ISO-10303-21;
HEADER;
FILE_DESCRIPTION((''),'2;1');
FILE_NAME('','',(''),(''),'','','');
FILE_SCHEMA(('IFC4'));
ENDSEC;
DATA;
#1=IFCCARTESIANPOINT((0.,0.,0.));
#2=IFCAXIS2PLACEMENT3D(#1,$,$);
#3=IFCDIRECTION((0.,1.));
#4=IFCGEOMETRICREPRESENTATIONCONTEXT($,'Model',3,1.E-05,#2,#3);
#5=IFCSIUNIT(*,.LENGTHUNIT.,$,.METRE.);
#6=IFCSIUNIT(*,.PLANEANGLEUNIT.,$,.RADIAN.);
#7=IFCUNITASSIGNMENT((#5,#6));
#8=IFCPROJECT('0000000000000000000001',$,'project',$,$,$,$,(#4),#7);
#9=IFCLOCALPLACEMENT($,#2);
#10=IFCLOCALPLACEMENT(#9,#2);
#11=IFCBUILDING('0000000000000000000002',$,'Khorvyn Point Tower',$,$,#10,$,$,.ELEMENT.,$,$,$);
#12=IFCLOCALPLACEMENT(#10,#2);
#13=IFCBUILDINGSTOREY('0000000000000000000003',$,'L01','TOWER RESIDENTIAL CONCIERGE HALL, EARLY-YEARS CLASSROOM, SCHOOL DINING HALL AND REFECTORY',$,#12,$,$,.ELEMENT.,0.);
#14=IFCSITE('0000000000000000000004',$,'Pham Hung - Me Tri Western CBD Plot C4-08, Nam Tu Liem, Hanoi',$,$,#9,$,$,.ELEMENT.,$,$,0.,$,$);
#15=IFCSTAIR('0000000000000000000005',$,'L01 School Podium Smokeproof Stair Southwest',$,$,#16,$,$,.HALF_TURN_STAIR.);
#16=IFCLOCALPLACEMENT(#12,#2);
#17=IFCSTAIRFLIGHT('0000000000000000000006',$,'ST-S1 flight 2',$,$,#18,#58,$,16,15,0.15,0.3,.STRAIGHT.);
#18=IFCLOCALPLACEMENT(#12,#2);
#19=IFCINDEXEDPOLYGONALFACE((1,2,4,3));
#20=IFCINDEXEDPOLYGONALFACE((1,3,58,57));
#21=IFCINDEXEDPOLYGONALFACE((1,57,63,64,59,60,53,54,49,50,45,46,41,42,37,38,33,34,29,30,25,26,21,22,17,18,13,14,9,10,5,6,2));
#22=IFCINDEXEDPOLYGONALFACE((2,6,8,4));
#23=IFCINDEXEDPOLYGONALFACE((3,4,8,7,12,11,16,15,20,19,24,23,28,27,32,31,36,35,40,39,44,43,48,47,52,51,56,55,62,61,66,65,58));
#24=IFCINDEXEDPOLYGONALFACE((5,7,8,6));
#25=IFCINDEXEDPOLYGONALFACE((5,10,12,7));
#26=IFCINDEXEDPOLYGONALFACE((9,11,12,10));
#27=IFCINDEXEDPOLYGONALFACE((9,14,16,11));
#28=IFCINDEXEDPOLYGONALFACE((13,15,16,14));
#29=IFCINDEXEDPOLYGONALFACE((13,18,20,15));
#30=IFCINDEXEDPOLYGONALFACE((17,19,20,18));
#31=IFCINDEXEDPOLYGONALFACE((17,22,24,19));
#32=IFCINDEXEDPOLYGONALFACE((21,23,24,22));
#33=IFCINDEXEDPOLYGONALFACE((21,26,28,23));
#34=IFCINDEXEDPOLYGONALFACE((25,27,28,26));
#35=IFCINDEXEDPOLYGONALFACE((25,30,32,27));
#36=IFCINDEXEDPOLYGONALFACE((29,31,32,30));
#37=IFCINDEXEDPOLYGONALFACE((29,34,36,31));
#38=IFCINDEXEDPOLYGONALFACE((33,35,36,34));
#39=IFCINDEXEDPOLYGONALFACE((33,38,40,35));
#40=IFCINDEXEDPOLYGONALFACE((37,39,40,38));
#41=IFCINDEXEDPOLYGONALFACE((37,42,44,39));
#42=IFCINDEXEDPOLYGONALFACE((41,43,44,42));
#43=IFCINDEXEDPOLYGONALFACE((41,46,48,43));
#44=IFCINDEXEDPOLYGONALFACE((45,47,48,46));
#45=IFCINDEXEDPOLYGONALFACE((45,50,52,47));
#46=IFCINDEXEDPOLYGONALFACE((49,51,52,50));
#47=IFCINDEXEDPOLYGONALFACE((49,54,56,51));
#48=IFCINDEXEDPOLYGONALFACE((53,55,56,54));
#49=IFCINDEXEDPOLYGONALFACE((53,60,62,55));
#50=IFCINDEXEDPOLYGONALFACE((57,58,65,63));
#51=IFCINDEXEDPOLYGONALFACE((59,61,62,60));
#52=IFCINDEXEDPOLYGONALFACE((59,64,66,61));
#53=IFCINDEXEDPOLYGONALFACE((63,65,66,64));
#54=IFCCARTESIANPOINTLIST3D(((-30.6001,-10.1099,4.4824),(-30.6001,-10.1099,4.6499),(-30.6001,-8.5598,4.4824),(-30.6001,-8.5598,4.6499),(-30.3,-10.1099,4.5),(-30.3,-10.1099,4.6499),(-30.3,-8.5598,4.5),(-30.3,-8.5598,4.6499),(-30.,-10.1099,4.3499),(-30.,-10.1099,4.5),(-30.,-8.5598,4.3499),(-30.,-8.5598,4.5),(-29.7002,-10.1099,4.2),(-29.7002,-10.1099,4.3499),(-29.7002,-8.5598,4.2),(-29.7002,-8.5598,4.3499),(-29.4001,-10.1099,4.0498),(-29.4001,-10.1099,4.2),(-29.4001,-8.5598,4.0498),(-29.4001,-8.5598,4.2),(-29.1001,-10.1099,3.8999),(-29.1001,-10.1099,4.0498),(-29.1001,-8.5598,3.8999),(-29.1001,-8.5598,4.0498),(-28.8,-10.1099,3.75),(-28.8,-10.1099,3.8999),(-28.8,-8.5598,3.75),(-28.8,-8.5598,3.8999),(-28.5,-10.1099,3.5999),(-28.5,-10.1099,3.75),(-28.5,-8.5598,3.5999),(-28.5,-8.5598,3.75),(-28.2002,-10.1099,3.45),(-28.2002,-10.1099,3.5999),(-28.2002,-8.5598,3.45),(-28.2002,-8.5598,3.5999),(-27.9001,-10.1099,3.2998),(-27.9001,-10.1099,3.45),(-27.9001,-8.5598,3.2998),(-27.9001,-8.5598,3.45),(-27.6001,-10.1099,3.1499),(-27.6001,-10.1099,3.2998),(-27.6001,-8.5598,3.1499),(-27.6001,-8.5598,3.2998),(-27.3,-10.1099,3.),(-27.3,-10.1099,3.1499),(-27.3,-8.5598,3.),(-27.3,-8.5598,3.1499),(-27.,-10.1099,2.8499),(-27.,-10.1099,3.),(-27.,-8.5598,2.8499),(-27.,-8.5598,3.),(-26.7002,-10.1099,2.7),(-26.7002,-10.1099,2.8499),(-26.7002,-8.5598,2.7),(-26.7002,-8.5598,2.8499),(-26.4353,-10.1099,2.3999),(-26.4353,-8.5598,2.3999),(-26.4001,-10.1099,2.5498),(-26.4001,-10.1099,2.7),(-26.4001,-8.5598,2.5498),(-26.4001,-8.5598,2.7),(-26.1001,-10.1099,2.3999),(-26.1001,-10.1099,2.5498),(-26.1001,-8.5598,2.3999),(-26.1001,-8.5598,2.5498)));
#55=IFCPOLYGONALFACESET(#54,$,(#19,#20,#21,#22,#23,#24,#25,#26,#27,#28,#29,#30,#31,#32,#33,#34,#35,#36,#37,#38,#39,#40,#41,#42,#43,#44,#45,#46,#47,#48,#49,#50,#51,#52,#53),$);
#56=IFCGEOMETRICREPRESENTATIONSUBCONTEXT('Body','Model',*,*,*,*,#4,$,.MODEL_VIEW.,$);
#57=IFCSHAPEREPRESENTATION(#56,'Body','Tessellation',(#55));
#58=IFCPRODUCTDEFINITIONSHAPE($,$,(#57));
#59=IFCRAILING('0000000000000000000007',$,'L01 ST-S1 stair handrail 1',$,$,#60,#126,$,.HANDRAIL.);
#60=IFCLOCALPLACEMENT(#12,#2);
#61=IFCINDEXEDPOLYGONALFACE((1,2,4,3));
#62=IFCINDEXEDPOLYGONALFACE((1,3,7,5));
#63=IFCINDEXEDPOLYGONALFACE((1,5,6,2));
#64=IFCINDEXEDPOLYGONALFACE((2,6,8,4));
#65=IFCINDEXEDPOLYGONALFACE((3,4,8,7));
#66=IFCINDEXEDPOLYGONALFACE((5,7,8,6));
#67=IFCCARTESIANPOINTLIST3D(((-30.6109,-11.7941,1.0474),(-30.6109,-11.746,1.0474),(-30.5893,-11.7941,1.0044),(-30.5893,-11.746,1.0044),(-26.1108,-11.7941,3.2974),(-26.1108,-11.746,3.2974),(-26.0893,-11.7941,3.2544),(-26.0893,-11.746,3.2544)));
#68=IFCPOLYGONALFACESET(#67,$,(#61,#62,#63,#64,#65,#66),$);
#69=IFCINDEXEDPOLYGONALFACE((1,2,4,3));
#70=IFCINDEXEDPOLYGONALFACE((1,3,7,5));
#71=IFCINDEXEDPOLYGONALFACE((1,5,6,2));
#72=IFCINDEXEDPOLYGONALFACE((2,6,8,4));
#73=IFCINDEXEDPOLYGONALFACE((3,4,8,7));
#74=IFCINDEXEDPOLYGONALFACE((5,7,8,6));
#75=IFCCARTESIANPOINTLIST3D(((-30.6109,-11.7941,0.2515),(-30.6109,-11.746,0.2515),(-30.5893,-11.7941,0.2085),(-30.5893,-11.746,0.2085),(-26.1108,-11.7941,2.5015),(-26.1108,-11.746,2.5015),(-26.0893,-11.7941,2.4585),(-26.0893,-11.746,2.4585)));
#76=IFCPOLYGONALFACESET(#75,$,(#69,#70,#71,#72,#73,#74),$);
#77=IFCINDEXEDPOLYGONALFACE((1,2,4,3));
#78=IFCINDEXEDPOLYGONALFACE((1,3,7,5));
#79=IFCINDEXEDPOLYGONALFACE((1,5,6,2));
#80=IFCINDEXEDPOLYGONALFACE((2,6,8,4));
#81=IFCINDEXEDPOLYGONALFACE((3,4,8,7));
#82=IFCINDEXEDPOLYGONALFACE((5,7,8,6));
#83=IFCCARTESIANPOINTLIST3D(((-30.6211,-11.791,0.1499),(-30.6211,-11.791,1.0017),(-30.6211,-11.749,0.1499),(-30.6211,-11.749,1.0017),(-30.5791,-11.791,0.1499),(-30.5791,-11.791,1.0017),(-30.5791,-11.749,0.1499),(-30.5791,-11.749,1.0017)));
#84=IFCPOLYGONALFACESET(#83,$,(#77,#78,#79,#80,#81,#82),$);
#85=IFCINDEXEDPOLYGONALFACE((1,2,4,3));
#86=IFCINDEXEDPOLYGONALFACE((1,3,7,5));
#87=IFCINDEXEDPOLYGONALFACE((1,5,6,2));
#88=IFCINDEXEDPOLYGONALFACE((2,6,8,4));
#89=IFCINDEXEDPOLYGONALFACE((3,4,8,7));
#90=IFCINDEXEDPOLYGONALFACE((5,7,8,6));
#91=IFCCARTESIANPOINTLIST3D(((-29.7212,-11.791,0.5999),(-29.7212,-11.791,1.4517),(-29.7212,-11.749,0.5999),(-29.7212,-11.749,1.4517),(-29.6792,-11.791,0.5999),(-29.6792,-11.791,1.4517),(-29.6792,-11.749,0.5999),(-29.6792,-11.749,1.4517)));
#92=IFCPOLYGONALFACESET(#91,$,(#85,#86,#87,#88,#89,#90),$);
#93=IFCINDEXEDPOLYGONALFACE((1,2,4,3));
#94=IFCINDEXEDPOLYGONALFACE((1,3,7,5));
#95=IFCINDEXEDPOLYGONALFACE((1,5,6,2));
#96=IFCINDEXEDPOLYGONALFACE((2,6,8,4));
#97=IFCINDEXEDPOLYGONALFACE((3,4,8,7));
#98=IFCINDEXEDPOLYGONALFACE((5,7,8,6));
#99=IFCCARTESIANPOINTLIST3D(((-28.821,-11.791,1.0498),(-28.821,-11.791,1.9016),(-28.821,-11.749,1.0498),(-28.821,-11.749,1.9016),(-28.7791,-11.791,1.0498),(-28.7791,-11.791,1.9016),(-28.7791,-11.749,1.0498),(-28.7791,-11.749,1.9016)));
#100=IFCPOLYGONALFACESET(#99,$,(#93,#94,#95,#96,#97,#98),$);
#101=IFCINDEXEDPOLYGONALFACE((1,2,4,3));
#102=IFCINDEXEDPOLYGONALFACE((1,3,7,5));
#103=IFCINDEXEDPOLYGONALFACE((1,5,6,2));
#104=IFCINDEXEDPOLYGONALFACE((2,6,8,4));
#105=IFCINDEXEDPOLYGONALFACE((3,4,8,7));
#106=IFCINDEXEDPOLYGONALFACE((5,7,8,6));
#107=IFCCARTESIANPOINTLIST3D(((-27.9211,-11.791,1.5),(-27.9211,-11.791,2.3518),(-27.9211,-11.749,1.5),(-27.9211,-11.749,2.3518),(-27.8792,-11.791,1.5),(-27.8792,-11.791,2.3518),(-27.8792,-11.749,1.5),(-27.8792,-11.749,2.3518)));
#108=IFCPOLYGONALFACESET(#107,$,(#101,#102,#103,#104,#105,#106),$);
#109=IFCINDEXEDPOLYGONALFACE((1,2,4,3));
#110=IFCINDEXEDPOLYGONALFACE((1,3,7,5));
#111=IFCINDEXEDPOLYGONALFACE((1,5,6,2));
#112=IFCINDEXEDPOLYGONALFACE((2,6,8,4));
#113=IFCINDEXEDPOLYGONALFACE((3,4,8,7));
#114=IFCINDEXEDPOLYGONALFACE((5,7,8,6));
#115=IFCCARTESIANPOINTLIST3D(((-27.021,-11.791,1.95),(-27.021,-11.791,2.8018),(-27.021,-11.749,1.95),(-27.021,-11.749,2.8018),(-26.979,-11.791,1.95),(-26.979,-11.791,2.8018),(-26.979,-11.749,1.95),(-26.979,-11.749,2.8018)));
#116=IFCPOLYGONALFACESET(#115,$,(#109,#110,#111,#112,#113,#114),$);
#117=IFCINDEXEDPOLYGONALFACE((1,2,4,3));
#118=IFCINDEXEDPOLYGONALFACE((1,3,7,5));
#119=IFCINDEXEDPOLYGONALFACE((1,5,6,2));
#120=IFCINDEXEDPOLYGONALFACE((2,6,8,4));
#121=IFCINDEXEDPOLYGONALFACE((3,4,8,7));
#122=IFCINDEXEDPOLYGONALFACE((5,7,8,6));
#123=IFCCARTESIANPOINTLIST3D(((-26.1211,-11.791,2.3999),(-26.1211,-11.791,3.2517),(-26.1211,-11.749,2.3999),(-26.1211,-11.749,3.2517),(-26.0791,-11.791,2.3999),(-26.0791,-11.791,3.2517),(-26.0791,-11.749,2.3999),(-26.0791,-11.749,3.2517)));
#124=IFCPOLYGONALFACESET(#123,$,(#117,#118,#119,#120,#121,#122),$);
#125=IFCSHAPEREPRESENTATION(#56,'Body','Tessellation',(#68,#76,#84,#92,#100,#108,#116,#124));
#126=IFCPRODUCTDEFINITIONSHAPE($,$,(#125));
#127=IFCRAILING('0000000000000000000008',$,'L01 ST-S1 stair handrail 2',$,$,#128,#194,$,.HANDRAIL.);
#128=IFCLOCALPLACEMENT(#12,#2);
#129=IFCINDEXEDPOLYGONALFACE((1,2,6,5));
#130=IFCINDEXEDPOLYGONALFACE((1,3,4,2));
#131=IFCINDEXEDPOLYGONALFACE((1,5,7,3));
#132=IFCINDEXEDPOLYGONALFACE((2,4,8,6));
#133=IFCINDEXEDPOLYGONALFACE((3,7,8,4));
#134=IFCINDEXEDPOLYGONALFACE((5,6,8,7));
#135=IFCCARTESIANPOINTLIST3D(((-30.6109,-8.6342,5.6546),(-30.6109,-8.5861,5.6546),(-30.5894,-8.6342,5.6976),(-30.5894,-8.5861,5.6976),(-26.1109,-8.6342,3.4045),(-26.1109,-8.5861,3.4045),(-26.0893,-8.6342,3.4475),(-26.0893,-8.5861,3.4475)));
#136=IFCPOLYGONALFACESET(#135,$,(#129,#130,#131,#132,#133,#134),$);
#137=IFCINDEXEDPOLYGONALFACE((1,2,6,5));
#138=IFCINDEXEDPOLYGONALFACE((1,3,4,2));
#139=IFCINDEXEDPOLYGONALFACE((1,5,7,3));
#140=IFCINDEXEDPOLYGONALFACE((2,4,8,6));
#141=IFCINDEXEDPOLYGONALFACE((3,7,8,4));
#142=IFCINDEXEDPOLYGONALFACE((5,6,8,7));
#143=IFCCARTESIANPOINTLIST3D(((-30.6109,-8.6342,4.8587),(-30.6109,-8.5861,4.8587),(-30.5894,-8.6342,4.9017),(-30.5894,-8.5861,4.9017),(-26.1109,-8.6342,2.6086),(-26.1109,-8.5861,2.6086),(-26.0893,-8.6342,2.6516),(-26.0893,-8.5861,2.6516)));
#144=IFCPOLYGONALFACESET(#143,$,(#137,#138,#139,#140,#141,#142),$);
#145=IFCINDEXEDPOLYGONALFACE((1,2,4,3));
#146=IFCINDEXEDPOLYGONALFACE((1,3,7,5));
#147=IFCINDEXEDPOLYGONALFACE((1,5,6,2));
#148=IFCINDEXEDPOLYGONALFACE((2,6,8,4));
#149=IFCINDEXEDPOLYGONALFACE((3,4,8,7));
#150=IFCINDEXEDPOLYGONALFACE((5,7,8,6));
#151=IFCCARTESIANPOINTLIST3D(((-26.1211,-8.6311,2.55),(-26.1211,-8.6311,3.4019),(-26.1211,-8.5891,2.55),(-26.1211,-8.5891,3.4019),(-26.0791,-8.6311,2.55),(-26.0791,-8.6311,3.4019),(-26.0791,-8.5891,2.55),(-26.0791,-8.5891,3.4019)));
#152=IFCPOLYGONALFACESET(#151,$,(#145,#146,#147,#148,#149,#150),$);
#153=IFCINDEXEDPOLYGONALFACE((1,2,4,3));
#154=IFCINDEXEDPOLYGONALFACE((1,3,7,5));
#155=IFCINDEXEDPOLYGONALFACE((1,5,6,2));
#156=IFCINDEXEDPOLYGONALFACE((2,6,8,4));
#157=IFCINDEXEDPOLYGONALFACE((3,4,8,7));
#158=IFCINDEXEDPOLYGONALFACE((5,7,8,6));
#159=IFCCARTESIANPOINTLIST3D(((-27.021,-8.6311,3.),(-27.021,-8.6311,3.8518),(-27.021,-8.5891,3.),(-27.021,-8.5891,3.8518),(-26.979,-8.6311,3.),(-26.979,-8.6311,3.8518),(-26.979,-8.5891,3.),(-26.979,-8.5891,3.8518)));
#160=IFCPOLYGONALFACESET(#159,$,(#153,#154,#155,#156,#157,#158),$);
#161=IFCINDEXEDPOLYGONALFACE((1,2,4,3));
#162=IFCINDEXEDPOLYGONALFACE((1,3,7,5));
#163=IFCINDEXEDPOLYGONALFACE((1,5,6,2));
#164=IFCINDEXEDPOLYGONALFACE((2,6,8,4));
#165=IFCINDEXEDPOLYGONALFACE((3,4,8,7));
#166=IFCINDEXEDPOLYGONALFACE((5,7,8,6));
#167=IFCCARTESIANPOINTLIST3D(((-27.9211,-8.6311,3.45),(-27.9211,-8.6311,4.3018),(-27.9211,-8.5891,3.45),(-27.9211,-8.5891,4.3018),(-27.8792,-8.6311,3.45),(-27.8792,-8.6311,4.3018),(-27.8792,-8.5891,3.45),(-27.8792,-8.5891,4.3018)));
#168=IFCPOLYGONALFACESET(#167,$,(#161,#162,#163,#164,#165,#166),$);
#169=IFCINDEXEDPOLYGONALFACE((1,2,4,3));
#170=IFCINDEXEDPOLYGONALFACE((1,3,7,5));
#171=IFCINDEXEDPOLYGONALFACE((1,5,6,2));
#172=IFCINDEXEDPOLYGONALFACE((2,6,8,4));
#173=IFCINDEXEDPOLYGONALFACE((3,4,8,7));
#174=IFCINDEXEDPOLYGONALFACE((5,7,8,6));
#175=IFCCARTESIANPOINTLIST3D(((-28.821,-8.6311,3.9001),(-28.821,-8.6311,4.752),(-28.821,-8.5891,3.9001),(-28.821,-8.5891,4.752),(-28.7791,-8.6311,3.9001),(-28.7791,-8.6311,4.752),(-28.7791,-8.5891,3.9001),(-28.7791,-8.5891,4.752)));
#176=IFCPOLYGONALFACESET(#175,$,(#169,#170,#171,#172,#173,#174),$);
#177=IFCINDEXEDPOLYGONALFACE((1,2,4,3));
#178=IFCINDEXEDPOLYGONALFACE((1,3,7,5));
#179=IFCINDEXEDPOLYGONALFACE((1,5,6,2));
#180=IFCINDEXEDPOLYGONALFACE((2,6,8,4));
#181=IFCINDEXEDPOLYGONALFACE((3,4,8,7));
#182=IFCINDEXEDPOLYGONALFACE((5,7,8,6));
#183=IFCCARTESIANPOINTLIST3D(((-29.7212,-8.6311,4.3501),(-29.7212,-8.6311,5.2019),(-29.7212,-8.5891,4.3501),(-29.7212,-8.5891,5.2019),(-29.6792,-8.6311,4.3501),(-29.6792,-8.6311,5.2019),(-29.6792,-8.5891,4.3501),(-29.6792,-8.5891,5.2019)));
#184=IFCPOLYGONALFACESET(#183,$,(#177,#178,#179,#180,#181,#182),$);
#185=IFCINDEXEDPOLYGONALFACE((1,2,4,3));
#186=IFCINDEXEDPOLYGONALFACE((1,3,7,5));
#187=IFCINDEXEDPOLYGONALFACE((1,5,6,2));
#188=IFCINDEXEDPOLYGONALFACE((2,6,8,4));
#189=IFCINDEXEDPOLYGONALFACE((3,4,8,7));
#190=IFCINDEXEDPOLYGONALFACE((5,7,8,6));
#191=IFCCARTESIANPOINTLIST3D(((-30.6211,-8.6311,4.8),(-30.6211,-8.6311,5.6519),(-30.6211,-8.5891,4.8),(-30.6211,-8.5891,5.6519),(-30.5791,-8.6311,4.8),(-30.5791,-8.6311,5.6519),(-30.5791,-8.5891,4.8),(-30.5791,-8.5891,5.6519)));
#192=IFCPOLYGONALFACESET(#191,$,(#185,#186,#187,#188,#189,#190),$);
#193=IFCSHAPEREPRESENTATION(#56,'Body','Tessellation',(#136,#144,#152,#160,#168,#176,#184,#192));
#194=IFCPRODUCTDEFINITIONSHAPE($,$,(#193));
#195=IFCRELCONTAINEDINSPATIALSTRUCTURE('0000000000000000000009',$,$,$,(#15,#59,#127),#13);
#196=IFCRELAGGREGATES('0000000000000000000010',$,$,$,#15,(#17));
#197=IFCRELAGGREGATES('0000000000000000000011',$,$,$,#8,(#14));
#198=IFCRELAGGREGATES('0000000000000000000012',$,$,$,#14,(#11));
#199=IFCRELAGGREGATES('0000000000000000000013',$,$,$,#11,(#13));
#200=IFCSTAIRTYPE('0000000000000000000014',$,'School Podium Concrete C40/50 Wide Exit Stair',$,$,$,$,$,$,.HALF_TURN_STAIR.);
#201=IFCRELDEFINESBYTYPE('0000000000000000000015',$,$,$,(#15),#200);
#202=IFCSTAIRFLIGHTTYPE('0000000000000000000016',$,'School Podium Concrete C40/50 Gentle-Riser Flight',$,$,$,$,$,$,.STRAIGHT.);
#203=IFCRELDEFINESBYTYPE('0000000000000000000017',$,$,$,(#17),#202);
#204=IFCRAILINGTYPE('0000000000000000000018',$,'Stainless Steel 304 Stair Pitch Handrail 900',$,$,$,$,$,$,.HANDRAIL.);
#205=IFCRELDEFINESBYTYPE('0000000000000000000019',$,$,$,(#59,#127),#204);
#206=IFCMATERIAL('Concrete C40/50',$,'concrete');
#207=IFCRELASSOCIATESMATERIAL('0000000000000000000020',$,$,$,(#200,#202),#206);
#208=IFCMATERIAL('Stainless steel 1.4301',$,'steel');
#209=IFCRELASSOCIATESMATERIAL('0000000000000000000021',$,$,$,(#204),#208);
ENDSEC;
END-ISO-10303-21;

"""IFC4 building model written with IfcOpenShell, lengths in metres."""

from ifc_helpers import new_model, si_unit, direction, frame, origin, origin_2d, place, context, subcontext, project, spatial, polyline, rectangle, outline, extrude, material, type_object, element, aggregate, save


model = new_model("IFC4")

# Units and contexts
model_context = context("Model", 3, precision=1e-05, world=origin(), true_north=direction((0.0, 1.0)))
body_context = subcontext(model_context, "Body", "Model", "MODEL_VIEW")
ifc_project = project(units=[si_unit("LENGTHUNIT", "METRE"), si_unit("PLANEANGLEUNIT", "RADIAN")], contexts=[model_context])

# Site, building, storey
site_placement = place(None, origin())
site = spatial("IfcSite", under=ifc_project, at=site_placement, Name="Pham Hung - Me Tri Western CBD Plot C4-08, Nam Tu Liem, Hanoi", CompositionType="ELEMENT", RefElevation=0.0)
building_placement = place(site_placement, origin())
building = spatial("IfcBuilding", under=site, at=building_placement, Name="Khorvyn Point Tower", CompositionType="ELEMENT")
storey_placement = place(building_placement, origin())
storey = spatial("IfcBuildingStorey", under=building, at=storey_placement, Name="L01", Description="TOWER RESIDENTIAL CONCIERGE HALL, EARLY-YEARS CLASSROOM, SCHOOL DINING HALL AND REFECTORY", CompositionType="ELEMENT", Elevation=0.0)

# Shared definitions
ifc_material_1 = material(Name="Concrete C40/50", Category="concrete")

# Stair, stair flight
stair_type = type_object("IfcStairType", Name="School Podium Concrete C40/50 Wide Exit Stair", PredefinedType="HALF_TURN_STAIR", material=ifc_material_1)
stair_placement = place(storey_placement, origin())
stair = element("IfcStair", 1, at=stair_placement, inside=storey, type_object=stair_type, Name="L01 School Podium Smokeproof Stair Southwest", PredefinedType="HALF_TURN_STAIR")
stair_flight_type = type_object("IfcStairFlightType", Name="School Podium Concrete C40/50 Gentle-Riser Flight", PredefinedType="STRAIGHT", material=ifc_material_1)
stair_flight_1_placement = place(storey_placement, frame((-26.1001, -9.335, 2.3999), z_axis=(0.0, 0.0, 1.0), x_axis=(-1.0, 0.0, 0.0)))
stair_flight_1 = element("IfcStairFlight", 2, at=stair_flight_1_placement, type_object=stair_flight_type, Name="ST-S1 flight 2", NumberOfRisers=16, NumberOfTreads=15, PredefinedType="STRAIGHT", RiserHeight=0.15, TreadLength=0.3, context=body_context, shape_type="SweptSolid", body=[
    extrude(outline(polyline([(0.0, 0.0), (0.0, 0.1499), (0.3, 0.1499), (0.3, 0.3), (0.6001, 0.3), (0.6001, 0.45), (0.8999, 0.45), (0.8999, 0.6001), (1.2, 0.6001), (1.2, 0.75), (1.5, 0.75), (1.5, 0.8999), (1.8, 0.8999), (1.8, 1.05), (2.1001, 1.05), (2.1001, 1.2), (2.3999, 1.2), (2.3999, 1.3501), (2.7, 1.3501), (2.7, 1.5), (3.0, 1.5), (3.0, 1.6499), (3.3, 1.6499), (3.3, 1.8), (3.6001, 1.8), (3.6001, 1.95), (3.8999, 1.95), (3.8999, 2.1001), (4.2, 2.1001), (4.2, 2.25), (4.5, 2.25), (4.5, 2.3999), (4.5, 2.0825), (0.3352, 0.0), (0.0, 0.0)])), frame((0.0, 0.7749, 0.0), z_axis=(0.0, -1.0, 0.0), x_axis=(1.0, 0.0, 0.0)), (0.0, 0.0, 1.0), 1.55),
])
aggregate(stair, [stair_flight_1])

# Railings
ifc_material_2 = material(Name="Stainless steel 1.4301", Category="steel")
railing_type_1 = type_object("IfcRailingType", Name="Stainless Steel 304 Stair Pitch Handrail 900", PredefinedType="HANDRAIL", material=ifc_material_2)
railing_1_placement = place(storey_placement, frame((-30.6001, -11.77, 0.1499)))
element("IfcRailing", 3, at=railing_1_placement, inside=storey, type_object=railing_type_1, Name="L01 ST-S1 stair handrail 1", PredefinedType="HANDRAIL", context=body_context, shape_type="SweptSolid", body=[
    extrude(rectangle(XDim=0.0481, YDim=0.0481, at=origin_2d()), frame((0.0, 0.0, 0.876), z_axis=(0.894427, 0.0, 0.447214), x_axis=(0.0, 1.0, 0.0)), (0.0, 0.0, 1.0), 5.0312),
    extrude(rectangle(XDim=0.0481, YDim=0.0481, at=origin_2d()), frame((0.0, 0.0, 0.0801), z_axis=(0.894427, 0.0, 0.447214), x_axis=(0.0, 1.0, 0.0)), (0.0, 0.0, 1.0), 5.0312),
    extrude(rectangle(XDim=0.042, YDim=0.042, at=origin_2d()), origin(), (0.0, 0.0, 1.0), 0.8518),
    extrude(rectangle(XDim=0.042, YDim=0.042, at=origin_2d()), frame((0.8999, 0.0, 0.45)), (0.0, 0.0, 1.0), 0.8518),
    extrude(rectangle(XDim=0.042, YDim=0.042, at=origin_2d()), frame((1.8, 0.0, 0.8999)), (0.0, 0.0, 1.0), 0.8518),
    extrude(rectangle(XDim=0.042, YDim=0.042, at=origin_2d()), frame((2.7, 0.0, 1.3501)), (0.0, 0.0, 1.0), 0.8518),
    extrude(rectangle(XDim=0.042, YDim=0.042, at=origin_2d()), frame((3.6001, 0.0, 1.8)), (0.0, 0.0, 1.0), 0.8518),
    extrude(rectangle(XDim=0.042, YDim=0.042, at=origin_2d()), frame((4.5, 0.0, 2.25)), (0.0, 0.0, 1.0), 0.8518),
])
railing_2_placement = place(storey_placement, frame((-26.1001, -8.6101, 2.55)))
element("IfcRailing", 4, at=railing_2_placement, inside=storey, type_object=railing_type_1, Name="L01 ST-S1 stair handrail 2", PredefinedType="HANDRAIL", context=body_context, shape_type="SweptSolid", body=[
    extrude(rectangle(XDim=0.0481, YDim=0.0481, at=origin_2d()), frame((0.0, 0.0, 0.876), z_axis=(-0.894427, 0.0, 0.447214), x_axis=(0.0, -1.0, 0.0)), (0.0, 0.0, 1.0), 5.0312),
    extrude(rectangle(XDim=0.0481, YDim=0.0481, at=origin_2d()), frame((0.0, 0.0, 0.0801), z_axis=(-0.894427, 0.0, 0.447214), x_axis=(0.0, -1.0, 0.0)), (0.0, 0.0, 1.0), 5.0312),
    extrude(rectangle(XDim=0.042, YDim=0.042, at=origin_2d()), origin(), (0.0, 0.0, 1.0), 0.8518),
    extrude(rectangle(XDim=0.042, YDim=0.042, at=origin_2d()), frame((-0.8999, 0.0, 0.45)), (0.0, 0.0, 1.0), 0.8518),
    extrude(rectangle(XDim=0.042, YDim=0.042, at=origin_2d()), frame((-1.8, 0.0, 0.8999)), (0.0, 0.0, 1.0), 0.8518),
    extrude(rectangle(XDim=0.042, YDim=0.042, at=origin_2d()), frame((-2.7, 0.0, 1.3501)), (0.0, 0.0, 1.0), 0.8518),
    extrude(rectangle(XDim=0.042, YDim=0.042, at=origin_2d()), frame((-3.6001, 0.0, 1.8)), (0.0, 0.0, 1.0), 0.8518),
    extrude(rectangle(XDim=0.042, YDim=0.042, at=origin_2d()), frame((-4.5, 0.0, 2.25)), (0.0, 0.0, 1.0), 0.8518),
])

save(model, "model.ifc")
